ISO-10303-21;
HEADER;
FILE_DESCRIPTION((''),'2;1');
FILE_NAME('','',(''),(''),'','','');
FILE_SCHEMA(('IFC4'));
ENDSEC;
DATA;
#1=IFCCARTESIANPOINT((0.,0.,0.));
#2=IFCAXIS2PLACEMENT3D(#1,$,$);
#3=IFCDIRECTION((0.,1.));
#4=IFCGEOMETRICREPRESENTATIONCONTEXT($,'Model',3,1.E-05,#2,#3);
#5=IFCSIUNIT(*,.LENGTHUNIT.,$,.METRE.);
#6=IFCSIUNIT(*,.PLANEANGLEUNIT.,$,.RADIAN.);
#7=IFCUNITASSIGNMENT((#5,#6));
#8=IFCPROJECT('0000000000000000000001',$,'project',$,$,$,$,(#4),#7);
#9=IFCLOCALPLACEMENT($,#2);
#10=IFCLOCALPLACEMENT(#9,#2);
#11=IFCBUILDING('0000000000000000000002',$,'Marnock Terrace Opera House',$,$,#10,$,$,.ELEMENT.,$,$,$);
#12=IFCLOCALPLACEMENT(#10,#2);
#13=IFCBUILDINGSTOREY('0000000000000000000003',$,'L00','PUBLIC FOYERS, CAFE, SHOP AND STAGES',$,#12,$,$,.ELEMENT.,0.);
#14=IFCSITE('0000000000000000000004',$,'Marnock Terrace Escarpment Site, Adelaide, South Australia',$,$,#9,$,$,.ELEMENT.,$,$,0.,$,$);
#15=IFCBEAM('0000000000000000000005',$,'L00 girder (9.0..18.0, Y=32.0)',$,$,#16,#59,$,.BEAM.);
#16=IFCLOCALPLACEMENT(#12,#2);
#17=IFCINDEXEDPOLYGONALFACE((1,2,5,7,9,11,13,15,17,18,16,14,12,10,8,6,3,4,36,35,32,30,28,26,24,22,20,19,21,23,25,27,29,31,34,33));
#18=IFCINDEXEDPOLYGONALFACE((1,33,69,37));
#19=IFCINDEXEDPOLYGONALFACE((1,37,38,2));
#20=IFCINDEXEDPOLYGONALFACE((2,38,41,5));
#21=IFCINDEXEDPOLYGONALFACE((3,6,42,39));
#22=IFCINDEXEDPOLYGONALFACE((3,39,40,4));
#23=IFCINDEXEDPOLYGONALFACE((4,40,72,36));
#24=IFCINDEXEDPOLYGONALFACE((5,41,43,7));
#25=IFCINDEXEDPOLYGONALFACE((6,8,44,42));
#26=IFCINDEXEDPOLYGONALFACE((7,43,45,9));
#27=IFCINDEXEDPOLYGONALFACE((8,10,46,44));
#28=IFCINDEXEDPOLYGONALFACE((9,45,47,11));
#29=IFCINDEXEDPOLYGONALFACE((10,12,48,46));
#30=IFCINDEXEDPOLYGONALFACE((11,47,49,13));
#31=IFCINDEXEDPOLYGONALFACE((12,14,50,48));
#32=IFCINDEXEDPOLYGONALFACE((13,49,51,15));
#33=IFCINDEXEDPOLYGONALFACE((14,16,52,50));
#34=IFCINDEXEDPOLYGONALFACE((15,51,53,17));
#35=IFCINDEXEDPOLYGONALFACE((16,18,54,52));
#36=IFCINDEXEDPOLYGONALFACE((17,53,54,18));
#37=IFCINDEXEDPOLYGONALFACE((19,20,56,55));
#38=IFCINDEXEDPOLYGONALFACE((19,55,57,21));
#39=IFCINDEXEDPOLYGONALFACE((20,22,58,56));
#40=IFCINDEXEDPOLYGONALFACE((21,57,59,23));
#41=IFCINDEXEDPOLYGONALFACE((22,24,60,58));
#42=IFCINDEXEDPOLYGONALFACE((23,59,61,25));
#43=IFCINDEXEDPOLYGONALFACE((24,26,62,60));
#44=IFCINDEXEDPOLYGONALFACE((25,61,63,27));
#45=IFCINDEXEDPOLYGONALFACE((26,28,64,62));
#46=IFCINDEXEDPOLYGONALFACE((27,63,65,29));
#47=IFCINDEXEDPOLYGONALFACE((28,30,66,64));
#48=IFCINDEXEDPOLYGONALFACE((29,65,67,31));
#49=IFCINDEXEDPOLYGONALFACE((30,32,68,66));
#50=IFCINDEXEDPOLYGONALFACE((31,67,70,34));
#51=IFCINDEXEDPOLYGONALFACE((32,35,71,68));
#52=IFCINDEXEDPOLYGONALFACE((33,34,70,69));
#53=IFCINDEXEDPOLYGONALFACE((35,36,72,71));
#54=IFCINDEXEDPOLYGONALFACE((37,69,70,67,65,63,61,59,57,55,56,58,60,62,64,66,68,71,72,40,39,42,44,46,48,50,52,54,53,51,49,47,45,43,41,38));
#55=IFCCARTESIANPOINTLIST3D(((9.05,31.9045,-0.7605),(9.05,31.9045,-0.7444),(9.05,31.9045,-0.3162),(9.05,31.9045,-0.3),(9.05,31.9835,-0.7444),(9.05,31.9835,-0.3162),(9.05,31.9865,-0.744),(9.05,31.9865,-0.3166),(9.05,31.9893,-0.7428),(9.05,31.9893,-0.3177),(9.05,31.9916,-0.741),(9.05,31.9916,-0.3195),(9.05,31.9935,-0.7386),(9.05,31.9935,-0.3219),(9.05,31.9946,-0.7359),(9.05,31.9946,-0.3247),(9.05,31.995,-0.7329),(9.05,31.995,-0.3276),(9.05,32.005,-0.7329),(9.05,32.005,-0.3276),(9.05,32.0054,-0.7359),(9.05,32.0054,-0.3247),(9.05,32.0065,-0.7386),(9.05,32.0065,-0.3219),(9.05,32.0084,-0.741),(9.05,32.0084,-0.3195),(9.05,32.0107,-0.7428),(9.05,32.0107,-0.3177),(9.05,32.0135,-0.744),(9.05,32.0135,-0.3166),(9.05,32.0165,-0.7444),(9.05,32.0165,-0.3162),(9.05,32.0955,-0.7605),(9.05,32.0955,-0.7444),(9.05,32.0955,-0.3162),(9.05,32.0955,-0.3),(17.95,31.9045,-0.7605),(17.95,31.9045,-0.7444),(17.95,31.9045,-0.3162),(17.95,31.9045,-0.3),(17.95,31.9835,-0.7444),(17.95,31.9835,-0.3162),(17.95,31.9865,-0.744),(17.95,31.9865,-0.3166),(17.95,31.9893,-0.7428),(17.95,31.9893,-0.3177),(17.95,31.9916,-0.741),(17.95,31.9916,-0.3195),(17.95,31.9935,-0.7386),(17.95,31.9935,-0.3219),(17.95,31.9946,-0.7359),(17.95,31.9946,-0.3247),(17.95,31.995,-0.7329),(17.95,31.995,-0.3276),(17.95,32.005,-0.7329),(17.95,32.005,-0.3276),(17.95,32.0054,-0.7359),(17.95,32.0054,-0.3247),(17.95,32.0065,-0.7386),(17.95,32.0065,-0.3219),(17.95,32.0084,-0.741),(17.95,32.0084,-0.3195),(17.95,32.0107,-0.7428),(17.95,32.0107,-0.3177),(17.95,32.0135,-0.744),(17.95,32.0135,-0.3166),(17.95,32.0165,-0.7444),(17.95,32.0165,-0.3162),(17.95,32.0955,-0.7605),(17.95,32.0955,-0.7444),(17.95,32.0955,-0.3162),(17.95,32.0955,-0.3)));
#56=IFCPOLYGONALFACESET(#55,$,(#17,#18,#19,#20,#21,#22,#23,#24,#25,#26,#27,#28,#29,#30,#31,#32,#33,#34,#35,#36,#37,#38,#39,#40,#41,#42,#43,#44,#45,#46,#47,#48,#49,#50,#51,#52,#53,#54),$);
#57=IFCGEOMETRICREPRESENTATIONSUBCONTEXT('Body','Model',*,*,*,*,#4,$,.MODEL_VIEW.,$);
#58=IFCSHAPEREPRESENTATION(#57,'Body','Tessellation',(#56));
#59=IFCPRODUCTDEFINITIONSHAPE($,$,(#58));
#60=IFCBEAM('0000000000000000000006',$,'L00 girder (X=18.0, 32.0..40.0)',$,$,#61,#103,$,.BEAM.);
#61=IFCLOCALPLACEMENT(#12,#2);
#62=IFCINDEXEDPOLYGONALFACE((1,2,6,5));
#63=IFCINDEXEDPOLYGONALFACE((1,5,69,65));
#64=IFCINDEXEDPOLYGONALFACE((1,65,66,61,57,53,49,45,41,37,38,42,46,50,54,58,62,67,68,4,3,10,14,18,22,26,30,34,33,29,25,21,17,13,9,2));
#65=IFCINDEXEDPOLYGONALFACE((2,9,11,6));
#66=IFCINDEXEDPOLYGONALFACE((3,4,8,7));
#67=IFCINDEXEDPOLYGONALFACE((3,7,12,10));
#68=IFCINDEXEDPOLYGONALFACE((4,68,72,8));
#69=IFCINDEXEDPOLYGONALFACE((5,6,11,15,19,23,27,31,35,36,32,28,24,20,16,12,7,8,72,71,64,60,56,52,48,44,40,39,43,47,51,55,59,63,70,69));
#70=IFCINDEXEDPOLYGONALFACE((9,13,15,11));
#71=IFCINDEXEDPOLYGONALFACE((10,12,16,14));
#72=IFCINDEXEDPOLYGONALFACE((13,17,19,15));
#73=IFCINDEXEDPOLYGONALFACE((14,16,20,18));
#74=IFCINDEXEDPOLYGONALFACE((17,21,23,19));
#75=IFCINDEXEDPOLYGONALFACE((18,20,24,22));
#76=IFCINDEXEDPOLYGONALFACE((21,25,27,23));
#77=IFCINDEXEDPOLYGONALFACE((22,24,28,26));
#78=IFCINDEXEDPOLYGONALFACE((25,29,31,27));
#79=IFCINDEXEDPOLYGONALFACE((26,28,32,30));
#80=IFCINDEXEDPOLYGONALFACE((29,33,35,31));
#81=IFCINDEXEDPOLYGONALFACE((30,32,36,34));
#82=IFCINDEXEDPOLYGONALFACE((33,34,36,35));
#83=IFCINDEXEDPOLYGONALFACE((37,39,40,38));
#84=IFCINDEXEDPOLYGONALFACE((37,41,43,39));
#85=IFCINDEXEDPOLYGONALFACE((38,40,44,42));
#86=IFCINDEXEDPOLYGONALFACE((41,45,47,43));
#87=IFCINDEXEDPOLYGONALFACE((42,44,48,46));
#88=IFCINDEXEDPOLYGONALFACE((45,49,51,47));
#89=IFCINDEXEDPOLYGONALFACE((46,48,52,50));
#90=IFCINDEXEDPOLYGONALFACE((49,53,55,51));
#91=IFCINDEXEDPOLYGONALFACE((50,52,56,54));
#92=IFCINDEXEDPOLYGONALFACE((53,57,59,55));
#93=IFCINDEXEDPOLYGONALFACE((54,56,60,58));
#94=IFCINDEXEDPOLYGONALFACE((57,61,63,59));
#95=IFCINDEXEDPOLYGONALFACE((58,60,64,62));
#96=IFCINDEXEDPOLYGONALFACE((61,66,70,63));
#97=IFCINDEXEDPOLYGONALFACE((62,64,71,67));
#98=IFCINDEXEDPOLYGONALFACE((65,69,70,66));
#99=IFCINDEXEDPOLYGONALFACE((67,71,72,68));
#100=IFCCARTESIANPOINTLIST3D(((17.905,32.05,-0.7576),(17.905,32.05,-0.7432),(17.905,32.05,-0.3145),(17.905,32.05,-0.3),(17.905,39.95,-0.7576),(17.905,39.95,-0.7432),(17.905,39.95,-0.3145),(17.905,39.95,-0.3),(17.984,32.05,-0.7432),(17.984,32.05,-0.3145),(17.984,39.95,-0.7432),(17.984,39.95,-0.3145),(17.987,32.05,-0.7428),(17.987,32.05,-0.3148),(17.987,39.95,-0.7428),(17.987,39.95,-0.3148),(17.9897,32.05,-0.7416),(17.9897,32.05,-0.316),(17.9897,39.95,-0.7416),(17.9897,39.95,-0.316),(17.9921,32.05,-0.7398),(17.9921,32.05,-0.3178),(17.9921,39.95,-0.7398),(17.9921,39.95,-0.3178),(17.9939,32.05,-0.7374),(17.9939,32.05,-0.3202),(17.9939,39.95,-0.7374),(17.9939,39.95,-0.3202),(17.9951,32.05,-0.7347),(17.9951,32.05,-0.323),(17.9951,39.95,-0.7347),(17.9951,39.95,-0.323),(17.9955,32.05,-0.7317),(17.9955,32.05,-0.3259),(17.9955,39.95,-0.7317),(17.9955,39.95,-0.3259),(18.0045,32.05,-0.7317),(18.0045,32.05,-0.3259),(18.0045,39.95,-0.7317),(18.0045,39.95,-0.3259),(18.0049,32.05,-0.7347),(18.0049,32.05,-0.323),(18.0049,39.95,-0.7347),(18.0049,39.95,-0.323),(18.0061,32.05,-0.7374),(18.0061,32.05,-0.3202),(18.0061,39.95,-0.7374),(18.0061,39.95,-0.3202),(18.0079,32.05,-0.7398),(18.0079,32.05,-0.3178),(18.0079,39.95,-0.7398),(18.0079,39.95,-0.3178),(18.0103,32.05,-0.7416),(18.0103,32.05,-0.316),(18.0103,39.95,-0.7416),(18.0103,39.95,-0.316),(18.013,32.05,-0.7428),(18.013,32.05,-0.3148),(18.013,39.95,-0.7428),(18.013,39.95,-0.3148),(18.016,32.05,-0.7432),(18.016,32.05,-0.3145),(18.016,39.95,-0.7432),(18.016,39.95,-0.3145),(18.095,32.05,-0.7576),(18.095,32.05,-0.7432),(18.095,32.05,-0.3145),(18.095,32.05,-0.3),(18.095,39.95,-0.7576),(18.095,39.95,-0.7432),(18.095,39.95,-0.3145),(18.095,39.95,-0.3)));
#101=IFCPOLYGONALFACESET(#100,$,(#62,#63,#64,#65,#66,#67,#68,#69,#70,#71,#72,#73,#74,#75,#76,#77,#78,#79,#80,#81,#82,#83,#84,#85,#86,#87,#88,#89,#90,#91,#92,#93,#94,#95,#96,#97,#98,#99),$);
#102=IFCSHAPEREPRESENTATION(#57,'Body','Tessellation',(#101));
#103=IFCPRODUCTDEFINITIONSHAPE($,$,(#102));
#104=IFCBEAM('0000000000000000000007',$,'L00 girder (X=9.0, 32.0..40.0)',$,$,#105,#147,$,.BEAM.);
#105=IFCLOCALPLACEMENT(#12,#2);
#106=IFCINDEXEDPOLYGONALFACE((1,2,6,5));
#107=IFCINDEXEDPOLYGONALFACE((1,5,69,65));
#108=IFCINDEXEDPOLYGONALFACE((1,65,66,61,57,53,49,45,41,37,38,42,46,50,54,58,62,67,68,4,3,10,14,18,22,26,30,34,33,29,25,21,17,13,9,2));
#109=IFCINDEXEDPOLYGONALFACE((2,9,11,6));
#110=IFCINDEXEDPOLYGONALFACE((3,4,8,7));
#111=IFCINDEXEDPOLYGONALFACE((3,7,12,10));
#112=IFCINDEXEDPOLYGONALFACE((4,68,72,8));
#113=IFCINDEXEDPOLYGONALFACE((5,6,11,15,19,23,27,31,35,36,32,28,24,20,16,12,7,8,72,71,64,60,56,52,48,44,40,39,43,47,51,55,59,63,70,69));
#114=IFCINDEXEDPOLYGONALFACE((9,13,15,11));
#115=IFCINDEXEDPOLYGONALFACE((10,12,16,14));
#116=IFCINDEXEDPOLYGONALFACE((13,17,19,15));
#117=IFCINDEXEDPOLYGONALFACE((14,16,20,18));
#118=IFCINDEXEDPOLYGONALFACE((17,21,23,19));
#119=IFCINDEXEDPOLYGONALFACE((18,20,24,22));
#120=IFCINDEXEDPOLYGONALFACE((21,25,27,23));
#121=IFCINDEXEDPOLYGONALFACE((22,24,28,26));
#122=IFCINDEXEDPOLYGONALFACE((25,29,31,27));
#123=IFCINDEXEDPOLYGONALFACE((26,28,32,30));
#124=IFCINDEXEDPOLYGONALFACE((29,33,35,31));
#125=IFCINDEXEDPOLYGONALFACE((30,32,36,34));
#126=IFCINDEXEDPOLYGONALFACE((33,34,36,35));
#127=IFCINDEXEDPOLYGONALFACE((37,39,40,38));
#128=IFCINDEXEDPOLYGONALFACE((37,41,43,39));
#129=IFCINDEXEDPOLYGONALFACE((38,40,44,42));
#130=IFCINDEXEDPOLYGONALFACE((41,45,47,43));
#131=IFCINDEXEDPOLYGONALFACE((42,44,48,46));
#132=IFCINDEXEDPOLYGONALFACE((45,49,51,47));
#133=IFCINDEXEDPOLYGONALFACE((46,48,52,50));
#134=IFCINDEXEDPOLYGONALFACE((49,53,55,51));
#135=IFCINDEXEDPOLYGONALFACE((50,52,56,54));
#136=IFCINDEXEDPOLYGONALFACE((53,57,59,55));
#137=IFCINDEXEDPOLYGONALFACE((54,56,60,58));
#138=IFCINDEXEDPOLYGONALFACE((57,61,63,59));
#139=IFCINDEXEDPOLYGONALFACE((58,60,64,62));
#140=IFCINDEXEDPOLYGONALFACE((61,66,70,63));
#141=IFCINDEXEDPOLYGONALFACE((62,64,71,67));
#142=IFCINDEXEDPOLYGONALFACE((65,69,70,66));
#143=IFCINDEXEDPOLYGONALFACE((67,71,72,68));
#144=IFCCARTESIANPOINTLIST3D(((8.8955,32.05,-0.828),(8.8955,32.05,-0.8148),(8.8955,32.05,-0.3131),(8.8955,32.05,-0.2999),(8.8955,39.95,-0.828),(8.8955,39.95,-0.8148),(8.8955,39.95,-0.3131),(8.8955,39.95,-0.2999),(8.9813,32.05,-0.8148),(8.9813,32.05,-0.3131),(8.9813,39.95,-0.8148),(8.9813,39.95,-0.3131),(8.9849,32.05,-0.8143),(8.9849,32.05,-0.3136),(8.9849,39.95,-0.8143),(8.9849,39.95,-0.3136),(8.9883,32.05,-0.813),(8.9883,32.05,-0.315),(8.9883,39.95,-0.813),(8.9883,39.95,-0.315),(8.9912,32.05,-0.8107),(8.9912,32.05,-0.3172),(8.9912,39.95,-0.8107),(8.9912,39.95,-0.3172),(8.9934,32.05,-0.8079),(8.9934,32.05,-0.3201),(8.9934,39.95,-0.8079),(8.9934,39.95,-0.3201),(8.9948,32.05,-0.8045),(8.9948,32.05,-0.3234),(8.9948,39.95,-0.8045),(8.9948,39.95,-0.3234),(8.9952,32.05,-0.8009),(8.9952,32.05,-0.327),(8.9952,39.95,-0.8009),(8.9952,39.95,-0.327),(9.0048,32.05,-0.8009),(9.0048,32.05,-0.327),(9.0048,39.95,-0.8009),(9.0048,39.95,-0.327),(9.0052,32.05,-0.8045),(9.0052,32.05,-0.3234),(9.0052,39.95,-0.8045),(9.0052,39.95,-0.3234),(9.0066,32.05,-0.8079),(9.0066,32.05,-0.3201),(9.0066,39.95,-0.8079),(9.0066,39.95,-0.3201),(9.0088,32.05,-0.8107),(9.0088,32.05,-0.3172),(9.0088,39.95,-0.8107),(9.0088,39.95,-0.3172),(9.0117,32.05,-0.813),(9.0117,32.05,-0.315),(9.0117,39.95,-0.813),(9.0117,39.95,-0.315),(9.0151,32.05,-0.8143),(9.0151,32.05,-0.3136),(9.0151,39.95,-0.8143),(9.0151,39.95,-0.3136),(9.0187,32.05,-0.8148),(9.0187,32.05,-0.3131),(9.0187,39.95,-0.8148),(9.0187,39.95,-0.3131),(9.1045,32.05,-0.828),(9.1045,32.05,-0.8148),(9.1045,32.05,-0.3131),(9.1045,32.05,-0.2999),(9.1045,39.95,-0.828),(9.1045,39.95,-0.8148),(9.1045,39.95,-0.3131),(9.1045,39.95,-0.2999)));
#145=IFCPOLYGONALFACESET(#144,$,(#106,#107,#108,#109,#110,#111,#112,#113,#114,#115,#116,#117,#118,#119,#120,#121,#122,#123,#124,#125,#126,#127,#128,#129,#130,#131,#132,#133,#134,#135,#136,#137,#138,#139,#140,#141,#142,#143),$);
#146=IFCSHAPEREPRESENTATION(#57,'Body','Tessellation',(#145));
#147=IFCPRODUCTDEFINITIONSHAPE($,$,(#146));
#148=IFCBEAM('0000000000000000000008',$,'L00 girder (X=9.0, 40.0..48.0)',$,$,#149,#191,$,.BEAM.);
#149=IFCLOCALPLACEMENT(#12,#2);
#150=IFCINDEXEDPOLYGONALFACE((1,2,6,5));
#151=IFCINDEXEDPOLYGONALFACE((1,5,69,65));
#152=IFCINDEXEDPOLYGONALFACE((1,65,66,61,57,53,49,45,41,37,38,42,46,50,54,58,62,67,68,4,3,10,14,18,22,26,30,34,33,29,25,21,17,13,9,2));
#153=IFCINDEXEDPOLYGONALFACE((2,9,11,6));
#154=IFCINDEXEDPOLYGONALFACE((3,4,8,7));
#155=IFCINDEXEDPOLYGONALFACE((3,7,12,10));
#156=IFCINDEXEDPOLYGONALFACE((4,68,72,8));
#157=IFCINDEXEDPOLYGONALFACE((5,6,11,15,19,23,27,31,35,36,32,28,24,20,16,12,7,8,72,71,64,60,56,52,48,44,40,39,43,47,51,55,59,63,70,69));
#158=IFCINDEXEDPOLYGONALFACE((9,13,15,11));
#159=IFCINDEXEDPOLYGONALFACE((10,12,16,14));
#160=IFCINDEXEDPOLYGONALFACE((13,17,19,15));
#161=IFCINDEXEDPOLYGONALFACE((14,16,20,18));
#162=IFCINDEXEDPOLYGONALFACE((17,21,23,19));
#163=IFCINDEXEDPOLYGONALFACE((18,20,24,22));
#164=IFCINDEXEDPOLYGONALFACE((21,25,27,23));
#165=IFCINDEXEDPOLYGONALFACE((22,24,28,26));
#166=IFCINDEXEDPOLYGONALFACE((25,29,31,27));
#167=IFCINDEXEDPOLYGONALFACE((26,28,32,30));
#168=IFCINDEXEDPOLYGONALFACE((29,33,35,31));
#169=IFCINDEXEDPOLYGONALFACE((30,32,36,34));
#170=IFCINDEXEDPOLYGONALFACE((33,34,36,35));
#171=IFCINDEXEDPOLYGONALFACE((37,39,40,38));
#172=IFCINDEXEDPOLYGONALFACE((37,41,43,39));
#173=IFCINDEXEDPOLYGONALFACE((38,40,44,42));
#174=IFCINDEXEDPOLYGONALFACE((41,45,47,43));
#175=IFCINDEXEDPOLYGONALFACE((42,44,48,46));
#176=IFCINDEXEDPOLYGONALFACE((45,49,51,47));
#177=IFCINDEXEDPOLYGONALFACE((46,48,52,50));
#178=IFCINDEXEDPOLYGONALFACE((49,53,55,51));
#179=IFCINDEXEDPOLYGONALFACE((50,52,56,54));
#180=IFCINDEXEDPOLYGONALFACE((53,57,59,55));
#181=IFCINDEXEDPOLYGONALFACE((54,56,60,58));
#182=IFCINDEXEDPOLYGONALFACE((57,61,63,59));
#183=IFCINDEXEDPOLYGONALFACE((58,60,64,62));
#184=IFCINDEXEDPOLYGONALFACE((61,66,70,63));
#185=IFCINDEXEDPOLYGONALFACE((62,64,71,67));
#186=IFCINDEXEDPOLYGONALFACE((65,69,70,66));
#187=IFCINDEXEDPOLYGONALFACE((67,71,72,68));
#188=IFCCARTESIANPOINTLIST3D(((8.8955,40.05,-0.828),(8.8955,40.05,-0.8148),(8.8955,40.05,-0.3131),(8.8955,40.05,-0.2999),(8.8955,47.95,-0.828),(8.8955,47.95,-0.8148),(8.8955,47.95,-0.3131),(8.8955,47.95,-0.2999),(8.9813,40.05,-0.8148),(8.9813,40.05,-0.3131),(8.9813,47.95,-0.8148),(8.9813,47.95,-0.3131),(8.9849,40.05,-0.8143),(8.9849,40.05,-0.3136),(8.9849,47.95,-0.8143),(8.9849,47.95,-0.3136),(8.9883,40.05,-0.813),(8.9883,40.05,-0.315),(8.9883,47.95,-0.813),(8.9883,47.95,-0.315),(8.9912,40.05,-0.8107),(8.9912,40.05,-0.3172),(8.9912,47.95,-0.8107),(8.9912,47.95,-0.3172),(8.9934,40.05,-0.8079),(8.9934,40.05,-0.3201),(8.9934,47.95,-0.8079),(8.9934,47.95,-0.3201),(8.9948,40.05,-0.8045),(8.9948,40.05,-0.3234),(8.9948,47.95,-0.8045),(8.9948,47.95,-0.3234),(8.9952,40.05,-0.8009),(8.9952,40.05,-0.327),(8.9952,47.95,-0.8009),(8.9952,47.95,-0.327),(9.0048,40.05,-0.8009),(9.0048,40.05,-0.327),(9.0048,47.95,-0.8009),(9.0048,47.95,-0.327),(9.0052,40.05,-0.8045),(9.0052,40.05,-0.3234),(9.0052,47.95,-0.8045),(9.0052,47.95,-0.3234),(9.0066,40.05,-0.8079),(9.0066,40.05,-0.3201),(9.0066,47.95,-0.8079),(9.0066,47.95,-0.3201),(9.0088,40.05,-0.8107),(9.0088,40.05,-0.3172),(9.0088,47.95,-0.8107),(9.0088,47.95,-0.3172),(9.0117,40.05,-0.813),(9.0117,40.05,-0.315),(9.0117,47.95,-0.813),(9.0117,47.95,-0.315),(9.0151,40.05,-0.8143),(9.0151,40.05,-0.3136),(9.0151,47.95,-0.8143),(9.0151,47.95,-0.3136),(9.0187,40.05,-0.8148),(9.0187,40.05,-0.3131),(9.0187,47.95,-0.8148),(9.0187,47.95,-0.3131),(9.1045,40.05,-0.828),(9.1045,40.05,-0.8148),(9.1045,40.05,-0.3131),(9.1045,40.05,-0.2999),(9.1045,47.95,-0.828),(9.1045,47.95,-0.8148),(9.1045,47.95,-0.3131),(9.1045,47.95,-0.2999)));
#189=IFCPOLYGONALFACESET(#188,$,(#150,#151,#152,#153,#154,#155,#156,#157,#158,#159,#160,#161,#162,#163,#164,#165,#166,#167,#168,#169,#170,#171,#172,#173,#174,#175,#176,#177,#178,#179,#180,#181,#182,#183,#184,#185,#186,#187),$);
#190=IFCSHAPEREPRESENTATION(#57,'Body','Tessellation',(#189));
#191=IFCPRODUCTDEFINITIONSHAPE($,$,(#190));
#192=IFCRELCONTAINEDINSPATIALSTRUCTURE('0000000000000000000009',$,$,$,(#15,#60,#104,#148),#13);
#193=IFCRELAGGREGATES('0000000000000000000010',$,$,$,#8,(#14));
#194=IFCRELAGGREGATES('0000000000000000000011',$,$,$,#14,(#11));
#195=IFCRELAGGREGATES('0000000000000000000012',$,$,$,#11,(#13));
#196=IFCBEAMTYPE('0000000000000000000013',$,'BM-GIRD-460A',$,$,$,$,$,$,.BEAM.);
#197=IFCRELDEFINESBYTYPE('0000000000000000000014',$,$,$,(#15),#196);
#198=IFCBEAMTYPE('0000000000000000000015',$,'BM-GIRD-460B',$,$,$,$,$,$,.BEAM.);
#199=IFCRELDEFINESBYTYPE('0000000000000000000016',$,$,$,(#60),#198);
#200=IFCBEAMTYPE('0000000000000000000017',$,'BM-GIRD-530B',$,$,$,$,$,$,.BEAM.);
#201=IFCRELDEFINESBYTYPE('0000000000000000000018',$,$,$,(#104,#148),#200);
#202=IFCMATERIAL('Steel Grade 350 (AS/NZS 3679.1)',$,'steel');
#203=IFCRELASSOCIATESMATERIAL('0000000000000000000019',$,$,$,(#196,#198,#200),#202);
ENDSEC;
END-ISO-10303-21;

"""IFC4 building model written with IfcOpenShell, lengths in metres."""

from ifc_helpers import new_model, si_unit, direction, frame, origin, origin_2d, place, context, subcontext, project, spatial, i_section, extrude, material, material_profile, profile_set, type_object, element, save


model = new_model("IFC4")

# Units and contexts
model_context = context("Model", 3, precision=1e-05, world=origin(), true_north=direction((0.0, 1.0)))
body_context = subcontext(model_context, "Body", "Model", "MODEL_VIEW")
ifc_project = project(units=[si_unit("LENGTHUNIT", "METRE"), si_unit("PLANEANGLEUNIT", "RADIAN")], contexts=[model_context])

# Site, building, storey
site_placement = place(None, origin())
site = spatial("IfcSite", under=ifc_project, at=site_placement, Name="Marnock Terrace Escarpment Site, Adelaide, South Australia", CompositionType="ELEMENT", RefElevation=0.0)
building_placement = place(site_placement, origin())
building = spatial("IfcBuilding", under=site, at=building_placement, Name="Marnock Terrace Opera House", CompositionType="ELEMENT")
storey_placement = place(building_placement, origin())
storey = spatial("IfcBuildingStorey", under=building, at=storey_placement, Name="L00", Description="PUBLIC FOYERS, CAFE, SHOP AND STAGES", CompositionType="ELEMENT", Elevation=0.0)

# Beams
ifc_material_1 = material(Name="Steel Grade 350 (AS/NZS 3679.1)", Category="steel")
ifc_material_profile_1 = material_profile(ifc_material_1, i_section(OverallWidth=0.1909, OverallDepth=0.4604, WebThickness=0.01, FlangeThickness=0.0161, FilletRadius=0.0115, at=origin_2d()))
ifc_profile_set_1 = profile_set([ifc_material_profile_1], Name="Steel Grade 350 (AS/NZS 3679.1)")
beam_type_1 = type_object("IfcBeamType", Name="BM-GIRD-460A", PredefinedType="BEAM", material=ifc_profile_set_1)
beam_1_placement = place(storey_placement, frame((9.05, 32.0, -0.5303), z_axis=(1.0, 0.0, 0.0), x_axis=(0.0, 1.0, 0.0)))
element("IfcBeam", 1, at=beam_1_placement, inside=storey, type_object=beam_type_1, Name="L00 girder (9.0..18.0, Y=32.0)", PredefinedType="BEAM", context=body_context, shape_type="SweptSolid", body=[
    extrude(i_section(OverallWidth=0.1909, OverallDepth=0.4604, WebThickness=0.01, FlangeThickness=0.0161, FilletRadius=0.0115, at=origin_2d()), origin(), (0.0, 0.0, 1.0), 8.8999),
])
ifc_material_profile_2 = material_profile(ifc_material_1, i_section(OverallWidth=0.1899, OverallDepth=0.4575, WebThickness=0.009, FlangeThickness=0.0144, FilletRadius=0.0115, at=origin_2d()))
ifc_profile_set_2 = profile_set([ifc_material_profile_2], Name="Steel Grade 350 (AS/NZS 3679.1)")
beam_type_2 = type_object("IfcBeamType", Name="BM-GIRD-460B", PredefinedType="BEAM", material=ifc_profile_set_2)
beam_2_placement = place(storey_placement, frame((18.0, 32.05, -0.5288), z_axis=(0.0, 1.0, 0.0), x_axis=(-1.0, 0.0, 0.0)))
element("IfcBeam", 2, at=beam_2_placement, inside=storey, type_object=beam_type_2, Name="L00 girder (X=18.0, 32.0..40.0)", PredefinedType="BEAM", context=body_context, shape_type="SweptSolid", body=[
    extrude(i_section(OverallWidth=0.1899, OverallDepth=0.4575, WebThickness=0.009, FlangeThickness=0.0144, FilletRadius=0.0115, at=origin_2d()), origin(), (0.0, 0.0, 1.0), 7.8999),
])
ifc_material_profile_3 = material_profile(ifc_material_1, i_section(OverallWidth=0.209, OverallDepth=0.5281, WebThickness=0.0095, FlangeThickness=0.0132, FilletRadius=0.0139, at=origin_2d()))
ifc_profile_set_3 = profile_set([ifc_material_profile_3], Name="Steel Grade 350 (AS/NZS 3679.1)")
beam_type_3 = type_object("IfcBeamType", Name="BM-GIRD-530B", PredefinedType="BEAM", material=ifc_profile_set_3)
for number, where, z_axis, x_axis, name in (
    (3, (9.0, 32.05, -0.564), (0.0, 1.0, 0.0), (-1.0, 0.0, 0.0), "L00 girder (X=9.0, 32.0..40.0)"),
    (4, (9.0, 40.05, -0.564), (0.0, 1.0, 0.0), (-1.0, 0.0, 0.0), "L00 girder (X=9.0, 40.0..48.0)"),
):
    element("IfcBeam", number, at=place(storey_placement, frame(where, z_axis=z_axis, x_axis=x_axis)), inside=storey, type_object=beam_type_3, Name=name, PredefinedType="BEAM", context=body_context, shape_type="SweptSolid", body=[
        extrude(i_section(OverallWidth=0.209, OverallDepth=0.5281, WebThickness=0.0095, FlangeThickness=0.0132, FilletRadius=0.0139, at=origin_2d()), origin(), (0.0, 0.0, 1.0), 7.8999),
    ])

save(model, "model.ifc")
